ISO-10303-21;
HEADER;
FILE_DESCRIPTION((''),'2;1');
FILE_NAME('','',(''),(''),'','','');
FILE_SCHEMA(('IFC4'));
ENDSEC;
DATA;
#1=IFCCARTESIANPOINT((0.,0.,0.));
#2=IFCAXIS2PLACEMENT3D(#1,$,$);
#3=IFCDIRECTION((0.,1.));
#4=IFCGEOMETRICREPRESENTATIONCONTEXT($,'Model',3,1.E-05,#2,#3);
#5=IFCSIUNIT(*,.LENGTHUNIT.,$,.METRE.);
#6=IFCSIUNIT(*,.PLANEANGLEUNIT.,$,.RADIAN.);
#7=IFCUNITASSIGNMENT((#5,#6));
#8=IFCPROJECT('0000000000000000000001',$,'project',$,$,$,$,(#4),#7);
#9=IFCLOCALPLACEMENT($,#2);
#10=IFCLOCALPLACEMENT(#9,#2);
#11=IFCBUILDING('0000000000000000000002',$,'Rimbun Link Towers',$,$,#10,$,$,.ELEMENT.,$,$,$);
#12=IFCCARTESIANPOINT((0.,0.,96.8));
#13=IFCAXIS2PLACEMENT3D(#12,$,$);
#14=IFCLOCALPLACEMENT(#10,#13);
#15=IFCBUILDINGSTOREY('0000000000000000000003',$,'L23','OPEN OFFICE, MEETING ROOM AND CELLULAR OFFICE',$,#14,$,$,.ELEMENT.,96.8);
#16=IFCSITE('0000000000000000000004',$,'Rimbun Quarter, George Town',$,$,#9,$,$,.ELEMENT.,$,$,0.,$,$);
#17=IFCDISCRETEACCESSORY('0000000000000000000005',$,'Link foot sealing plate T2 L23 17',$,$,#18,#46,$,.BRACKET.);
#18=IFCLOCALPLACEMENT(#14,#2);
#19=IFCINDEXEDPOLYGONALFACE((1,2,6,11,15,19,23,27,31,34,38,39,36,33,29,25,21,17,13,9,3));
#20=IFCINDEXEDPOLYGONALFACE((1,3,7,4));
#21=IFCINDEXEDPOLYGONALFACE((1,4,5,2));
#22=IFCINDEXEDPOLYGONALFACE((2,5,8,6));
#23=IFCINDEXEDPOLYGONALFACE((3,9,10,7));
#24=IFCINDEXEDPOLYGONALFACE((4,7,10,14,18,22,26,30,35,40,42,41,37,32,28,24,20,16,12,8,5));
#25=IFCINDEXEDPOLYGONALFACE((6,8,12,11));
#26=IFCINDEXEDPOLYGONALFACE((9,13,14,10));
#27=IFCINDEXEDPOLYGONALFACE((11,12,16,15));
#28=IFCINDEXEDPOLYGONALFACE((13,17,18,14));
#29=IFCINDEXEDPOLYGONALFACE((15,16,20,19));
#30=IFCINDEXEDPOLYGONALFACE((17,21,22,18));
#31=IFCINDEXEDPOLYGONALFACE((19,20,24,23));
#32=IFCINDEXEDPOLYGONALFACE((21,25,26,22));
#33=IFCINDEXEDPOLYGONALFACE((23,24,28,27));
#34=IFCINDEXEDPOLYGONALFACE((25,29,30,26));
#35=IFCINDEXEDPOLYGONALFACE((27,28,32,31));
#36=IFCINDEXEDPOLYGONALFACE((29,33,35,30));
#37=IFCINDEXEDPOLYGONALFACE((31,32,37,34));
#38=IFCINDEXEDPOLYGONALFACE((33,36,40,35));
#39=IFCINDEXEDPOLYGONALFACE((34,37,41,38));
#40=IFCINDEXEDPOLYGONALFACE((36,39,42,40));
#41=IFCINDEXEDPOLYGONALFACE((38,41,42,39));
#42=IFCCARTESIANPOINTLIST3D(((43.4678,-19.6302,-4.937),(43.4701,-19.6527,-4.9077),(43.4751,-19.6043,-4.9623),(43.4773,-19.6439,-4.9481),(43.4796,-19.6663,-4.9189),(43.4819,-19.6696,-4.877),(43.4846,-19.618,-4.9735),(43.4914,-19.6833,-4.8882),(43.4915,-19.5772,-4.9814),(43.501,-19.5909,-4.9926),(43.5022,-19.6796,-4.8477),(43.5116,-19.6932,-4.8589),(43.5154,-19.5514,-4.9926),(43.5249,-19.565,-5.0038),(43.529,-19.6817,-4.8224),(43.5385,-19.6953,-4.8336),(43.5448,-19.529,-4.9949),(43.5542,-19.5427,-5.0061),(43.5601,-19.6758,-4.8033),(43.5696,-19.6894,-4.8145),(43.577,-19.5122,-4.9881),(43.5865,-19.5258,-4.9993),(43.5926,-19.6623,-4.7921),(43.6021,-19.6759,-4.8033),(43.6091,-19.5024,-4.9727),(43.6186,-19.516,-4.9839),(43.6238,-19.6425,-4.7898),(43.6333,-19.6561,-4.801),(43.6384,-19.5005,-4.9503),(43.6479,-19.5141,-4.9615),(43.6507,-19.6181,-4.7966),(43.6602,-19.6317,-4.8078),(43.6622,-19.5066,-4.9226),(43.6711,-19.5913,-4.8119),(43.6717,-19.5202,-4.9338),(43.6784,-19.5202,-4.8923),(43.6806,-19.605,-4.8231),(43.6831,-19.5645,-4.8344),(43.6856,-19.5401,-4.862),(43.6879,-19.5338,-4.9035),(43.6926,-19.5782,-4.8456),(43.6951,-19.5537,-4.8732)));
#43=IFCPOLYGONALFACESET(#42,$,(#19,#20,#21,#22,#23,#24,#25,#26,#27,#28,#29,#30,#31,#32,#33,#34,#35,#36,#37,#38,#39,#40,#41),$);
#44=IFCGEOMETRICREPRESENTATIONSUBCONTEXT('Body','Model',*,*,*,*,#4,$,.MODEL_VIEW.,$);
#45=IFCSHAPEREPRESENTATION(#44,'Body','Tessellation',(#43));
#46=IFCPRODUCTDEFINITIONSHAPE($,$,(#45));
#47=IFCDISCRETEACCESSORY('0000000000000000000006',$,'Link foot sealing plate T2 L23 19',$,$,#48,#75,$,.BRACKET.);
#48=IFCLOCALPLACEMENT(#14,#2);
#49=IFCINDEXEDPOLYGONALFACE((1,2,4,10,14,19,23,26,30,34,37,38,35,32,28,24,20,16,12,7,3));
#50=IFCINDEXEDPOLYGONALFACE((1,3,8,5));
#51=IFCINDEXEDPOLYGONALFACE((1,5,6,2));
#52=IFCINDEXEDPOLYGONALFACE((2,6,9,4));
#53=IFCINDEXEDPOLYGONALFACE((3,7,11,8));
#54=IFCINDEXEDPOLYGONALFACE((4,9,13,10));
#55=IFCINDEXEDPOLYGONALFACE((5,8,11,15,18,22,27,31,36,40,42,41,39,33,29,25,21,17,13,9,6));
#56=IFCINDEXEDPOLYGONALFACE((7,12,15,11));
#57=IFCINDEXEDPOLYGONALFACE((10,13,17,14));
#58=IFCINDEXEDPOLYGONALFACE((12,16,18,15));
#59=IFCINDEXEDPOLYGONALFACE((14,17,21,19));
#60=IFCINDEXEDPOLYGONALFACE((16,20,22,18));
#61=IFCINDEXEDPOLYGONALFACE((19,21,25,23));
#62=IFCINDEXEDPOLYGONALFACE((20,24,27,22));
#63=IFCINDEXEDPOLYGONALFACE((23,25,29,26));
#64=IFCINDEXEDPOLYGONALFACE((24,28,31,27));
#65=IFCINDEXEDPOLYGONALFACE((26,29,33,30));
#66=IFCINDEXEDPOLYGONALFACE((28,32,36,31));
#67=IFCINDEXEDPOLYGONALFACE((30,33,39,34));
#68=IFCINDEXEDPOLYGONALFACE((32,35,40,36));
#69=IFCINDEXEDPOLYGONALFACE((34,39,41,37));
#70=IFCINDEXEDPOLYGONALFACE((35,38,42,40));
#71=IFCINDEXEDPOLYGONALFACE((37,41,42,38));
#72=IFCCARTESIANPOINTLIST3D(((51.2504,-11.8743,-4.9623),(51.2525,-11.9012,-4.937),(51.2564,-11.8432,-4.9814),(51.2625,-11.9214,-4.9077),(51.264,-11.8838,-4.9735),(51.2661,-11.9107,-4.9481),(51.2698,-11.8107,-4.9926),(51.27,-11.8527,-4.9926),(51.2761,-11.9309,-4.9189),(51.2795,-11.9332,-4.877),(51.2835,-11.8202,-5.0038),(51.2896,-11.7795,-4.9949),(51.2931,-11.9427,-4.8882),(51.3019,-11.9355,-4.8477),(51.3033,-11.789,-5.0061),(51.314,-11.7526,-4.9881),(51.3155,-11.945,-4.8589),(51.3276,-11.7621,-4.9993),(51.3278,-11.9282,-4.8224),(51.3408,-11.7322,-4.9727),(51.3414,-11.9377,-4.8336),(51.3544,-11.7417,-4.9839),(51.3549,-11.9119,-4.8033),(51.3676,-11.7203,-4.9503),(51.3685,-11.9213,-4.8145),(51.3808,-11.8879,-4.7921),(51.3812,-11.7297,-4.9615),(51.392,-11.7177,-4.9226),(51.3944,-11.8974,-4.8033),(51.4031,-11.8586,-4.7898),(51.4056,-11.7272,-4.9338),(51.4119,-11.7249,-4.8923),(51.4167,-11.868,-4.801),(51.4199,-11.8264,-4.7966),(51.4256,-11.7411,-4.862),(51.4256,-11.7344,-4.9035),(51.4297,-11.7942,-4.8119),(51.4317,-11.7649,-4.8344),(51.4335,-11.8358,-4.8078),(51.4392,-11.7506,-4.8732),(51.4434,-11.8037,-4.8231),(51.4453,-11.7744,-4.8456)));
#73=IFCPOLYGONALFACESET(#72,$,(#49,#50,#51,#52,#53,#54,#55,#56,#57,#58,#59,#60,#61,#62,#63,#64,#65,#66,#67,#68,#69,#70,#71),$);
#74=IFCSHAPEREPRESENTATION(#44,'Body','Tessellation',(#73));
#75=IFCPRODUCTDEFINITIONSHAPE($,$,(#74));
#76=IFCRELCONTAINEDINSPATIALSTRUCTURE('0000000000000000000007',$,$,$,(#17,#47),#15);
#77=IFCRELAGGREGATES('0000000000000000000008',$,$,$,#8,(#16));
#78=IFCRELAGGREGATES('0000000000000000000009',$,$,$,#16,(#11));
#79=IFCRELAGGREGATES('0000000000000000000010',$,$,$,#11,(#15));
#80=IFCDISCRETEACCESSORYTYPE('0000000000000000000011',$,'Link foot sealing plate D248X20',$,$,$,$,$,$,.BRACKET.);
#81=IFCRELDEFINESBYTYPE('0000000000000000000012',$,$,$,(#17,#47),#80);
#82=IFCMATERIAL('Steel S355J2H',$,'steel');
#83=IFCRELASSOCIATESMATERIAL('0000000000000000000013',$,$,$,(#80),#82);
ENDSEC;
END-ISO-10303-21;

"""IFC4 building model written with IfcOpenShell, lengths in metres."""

from ifc_helpers import new_model, si_unit, direction, frame, origin, origin_2d, place, context, subcontext, project, spatial, circle, extrude, material, material_profile, profile_set, type_object, element, save


model = new_model("IFC4")

# Units and contexts
model_context = context("Model", 3, precision=1e-05, world=origin(), true_north=direction((0.0, 1.0)))
body_context = subcontext(model_context, "Body", "Model", "MODEL_VIEW")
ifc_project = project(units=[si_unit("LENGTHUNIT", "METRE"), si_unit("PLANEANGLEUNIT", "RADIAN")], contexts=[model_context])

# Site, building, storey
site_placement = place(None, origin())
site = spatial("IfcSite", under=ifc_project, at=site_placement, Name="Rimbun Quarter, George Town", CompositionType="ELEMENT", RefElevation=0.0)
building_placement = place(site_placement, origin())
building = spatial("IfcBuilding", under=site, at=building_placement, Name="Rimbun Link Towers", CompositionType="ELEMENT")
storey_placement = place(building_placement, frame((0.0, 0.0, 96.8)))
storey = spatial("IfcBuildingStorey", under=building, at=storey_placement, Name="L23", Description="OPEN OFFICE, MEETING ROOM AND CELLULAR OFFICE", CompositionType="ELEMENT", Elevation=96.8)

# Discrete accessories
ifc_material_1 = material(Name="Steel S355J2H", Category="steel")
ifc_material_profile_1 = material_profile(ifc_material_1, circle(Radius=0.124, at=origin_2d()), Name="PL D248")
ifc_profile_set_1 = profile_set([ifc_material_profile_1], Name="Steel S355J2H")
discrete_accessory_type = type_object("IfcDiscreteAccessoryType", Name="Link foot sealing plate D248X20", PredefinedType="BRACKET", material=ifc_profile_set_1)
for number, where, z_axis, x_axis, name in (
    (1, (43.5767, -19.5911, -4.8923), (0.473886, -0.680452, -0.558943), (0.820606, 0.571494, 0.0), "Link foot sealing plate T2 L23 17"),
    (2, (51.3411, -11.8267, -4.8923), (0.680452, -0.473886, -0.558943), (0.571494, 0.820606, 0.0), "Link foot sealing plate T2 L23 19"),
):
    element("IfcDiscreteAccessory", number, at=place(storey_placement, frame(where, z_axis=z_axis, x_axis=x_axis)), inside=storey, type_object=discrete_accessory_type, Name=name, PredefinedType="BRACKET", context=body_context, shape_type="SweptSolid", body=[
        extrude(circle(Radius=0.124, at=origin_2d()), origin(), (0.0, 0.0, 1.0), 0.02),
    ])

save(model, "model.ifc")
